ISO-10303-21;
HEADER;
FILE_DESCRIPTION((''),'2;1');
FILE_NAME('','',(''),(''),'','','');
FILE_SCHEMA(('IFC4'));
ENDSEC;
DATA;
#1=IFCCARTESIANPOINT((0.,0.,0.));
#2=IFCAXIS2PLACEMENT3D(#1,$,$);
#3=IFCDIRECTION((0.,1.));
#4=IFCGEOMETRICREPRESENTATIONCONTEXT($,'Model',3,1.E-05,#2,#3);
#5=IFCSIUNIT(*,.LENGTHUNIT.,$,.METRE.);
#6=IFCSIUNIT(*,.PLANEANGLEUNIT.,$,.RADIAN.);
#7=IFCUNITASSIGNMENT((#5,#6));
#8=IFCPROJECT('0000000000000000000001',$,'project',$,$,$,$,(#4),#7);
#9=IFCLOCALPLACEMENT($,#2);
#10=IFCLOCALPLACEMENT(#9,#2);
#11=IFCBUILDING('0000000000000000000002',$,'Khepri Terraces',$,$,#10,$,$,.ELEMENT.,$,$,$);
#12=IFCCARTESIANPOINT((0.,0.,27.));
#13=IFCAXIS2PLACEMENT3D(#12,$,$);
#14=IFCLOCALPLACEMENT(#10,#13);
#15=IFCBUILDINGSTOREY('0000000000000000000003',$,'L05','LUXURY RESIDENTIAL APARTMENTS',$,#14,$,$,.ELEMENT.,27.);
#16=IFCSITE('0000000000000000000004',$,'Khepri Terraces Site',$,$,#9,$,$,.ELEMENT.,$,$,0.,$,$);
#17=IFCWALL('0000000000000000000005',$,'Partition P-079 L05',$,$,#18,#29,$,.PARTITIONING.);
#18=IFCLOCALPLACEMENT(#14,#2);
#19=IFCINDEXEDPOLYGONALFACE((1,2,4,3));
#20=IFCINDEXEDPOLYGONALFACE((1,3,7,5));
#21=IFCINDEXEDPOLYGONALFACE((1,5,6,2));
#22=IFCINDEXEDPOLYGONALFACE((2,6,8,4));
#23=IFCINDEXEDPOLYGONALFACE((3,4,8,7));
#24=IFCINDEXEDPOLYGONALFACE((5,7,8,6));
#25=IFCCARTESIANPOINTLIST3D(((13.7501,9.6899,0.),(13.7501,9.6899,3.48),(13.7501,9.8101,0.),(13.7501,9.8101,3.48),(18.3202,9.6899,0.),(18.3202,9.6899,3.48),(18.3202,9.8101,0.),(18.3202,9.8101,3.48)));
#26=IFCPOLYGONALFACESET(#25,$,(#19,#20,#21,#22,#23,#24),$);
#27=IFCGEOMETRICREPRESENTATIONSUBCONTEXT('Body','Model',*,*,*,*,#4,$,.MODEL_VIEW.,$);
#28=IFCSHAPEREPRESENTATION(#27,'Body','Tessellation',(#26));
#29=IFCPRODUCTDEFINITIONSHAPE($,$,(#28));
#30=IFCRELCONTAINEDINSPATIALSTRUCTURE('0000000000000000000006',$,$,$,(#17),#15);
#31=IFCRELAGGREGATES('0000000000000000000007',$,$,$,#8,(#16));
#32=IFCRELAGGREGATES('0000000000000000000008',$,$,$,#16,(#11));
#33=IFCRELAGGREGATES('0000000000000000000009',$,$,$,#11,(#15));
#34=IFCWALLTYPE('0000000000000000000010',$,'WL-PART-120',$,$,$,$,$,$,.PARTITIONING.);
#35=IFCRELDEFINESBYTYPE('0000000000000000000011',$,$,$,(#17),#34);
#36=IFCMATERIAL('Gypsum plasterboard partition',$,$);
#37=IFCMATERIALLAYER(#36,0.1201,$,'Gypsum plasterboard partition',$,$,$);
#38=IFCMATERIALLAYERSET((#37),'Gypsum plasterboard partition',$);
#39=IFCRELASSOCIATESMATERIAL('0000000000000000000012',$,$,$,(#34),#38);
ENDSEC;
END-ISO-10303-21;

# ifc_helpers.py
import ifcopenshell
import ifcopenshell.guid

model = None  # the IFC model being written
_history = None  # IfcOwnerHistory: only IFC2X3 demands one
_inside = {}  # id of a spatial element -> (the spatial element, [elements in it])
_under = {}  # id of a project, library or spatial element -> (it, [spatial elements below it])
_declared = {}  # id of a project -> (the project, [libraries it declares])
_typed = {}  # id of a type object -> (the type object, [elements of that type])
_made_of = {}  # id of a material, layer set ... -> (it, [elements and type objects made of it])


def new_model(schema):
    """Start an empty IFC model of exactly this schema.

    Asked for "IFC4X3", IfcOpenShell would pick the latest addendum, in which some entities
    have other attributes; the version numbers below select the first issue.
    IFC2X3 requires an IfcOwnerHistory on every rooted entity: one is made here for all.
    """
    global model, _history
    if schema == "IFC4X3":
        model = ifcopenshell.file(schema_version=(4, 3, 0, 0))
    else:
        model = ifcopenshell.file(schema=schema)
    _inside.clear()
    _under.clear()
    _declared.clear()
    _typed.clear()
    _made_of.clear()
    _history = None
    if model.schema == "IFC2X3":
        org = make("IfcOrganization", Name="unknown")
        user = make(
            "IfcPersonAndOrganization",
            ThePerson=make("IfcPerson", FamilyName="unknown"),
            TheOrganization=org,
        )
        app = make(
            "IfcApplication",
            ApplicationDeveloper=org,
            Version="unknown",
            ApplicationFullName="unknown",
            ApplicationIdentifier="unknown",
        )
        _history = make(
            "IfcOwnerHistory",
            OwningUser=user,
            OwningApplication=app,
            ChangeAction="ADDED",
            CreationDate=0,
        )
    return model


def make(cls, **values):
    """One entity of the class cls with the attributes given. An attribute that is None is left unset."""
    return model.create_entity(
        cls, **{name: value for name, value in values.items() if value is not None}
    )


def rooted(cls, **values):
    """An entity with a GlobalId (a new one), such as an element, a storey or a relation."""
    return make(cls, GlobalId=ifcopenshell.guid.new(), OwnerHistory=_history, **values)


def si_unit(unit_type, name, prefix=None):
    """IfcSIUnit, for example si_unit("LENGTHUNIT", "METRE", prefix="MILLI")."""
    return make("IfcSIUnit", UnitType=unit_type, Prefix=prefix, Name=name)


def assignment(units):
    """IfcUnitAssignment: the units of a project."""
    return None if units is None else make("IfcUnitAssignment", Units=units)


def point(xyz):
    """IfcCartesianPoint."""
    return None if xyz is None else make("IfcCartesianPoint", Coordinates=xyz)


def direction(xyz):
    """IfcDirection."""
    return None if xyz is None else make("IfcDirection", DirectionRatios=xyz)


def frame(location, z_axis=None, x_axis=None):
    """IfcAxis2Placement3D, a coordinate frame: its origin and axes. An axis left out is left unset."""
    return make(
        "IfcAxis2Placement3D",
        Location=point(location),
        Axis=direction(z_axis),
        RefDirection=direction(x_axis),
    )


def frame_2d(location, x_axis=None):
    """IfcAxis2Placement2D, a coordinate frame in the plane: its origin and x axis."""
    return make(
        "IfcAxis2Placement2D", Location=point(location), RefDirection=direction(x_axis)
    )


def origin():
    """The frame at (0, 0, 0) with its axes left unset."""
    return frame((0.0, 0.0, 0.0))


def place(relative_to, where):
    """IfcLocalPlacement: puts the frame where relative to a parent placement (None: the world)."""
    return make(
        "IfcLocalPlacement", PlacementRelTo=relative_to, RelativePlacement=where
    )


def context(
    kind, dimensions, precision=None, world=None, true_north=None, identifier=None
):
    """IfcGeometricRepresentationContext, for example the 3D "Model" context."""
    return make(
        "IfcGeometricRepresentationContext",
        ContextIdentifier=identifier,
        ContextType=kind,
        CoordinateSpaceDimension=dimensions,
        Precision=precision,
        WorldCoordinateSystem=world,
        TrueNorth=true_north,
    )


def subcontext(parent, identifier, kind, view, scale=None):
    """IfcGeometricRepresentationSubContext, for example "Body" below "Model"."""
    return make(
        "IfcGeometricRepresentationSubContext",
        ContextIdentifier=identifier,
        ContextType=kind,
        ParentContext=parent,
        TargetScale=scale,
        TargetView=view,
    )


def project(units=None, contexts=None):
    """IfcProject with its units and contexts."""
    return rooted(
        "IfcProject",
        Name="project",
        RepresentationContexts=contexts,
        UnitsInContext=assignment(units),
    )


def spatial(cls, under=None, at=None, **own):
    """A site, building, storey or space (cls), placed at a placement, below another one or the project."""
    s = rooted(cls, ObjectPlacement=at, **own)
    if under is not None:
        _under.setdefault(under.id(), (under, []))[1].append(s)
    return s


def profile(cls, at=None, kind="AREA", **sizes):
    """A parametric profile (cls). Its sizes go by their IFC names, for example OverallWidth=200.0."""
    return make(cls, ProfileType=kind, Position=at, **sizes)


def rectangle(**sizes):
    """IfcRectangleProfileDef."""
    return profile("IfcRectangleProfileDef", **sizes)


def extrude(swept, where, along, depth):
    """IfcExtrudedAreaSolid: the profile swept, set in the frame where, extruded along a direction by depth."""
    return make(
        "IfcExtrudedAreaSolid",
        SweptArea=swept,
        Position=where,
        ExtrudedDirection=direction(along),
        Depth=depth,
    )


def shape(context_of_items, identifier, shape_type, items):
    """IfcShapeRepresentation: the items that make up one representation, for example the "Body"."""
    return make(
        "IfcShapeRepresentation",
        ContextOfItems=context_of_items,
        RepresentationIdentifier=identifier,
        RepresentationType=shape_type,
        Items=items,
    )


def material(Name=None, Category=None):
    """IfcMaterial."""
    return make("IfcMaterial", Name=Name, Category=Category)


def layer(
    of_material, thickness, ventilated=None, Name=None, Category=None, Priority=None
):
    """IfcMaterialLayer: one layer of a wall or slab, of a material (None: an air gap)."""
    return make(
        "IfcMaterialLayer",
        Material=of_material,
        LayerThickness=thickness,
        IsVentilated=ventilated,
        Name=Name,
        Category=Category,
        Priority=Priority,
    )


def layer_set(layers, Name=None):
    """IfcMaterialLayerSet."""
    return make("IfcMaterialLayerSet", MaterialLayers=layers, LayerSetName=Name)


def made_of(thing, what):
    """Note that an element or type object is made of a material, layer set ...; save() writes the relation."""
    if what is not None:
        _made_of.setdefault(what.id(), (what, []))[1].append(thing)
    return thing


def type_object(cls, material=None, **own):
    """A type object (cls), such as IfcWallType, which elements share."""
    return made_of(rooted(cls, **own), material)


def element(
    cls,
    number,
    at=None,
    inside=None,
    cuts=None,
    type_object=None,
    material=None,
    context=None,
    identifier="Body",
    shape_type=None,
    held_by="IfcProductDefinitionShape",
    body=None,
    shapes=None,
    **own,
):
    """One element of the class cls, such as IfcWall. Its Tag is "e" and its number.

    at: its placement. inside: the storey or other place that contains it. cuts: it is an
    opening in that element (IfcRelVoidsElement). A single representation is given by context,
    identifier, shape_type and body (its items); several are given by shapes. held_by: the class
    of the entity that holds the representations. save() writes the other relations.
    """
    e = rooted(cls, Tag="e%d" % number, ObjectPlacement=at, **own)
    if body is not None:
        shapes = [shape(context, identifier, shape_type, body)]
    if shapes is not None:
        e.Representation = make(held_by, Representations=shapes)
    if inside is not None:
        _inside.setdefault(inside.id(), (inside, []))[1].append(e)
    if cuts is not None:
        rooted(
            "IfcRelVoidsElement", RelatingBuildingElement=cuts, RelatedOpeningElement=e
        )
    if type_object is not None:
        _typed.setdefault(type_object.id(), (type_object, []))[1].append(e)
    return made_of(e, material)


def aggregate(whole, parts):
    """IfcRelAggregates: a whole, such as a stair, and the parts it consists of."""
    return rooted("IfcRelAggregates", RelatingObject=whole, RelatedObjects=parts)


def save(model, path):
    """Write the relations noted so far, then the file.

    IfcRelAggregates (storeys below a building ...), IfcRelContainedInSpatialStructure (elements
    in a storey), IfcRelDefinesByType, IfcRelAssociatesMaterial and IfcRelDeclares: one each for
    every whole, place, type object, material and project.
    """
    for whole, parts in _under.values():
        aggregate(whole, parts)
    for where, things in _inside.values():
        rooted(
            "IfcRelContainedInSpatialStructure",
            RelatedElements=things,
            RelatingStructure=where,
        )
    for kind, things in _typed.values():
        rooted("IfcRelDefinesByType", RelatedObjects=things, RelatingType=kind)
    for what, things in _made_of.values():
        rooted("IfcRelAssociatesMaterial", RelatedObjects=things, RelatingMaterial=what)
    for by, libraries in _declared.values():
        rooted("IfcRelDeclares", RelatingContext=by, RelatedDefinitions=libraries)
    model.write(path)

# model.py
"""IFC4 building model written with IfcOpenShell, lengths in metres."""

from ifc_helpers import new_model, si_unit, direction, frame, frame_2d, origin, place, context, subcontext, project, spatial, rectangle, extrude, material, layer, layer_set, type_object, element, save


model = new_model("IFC4")

# Units and contexts
model_context = context("Model", 3, precision=1e-05, world=origin(), true_north=direction((0.0, 1.0)))
body_context = subcontext(model_context, "Body", "Model", "MODEL_VIEW")
ifc_project = project(units=[si_unit("LENGTHUNIT", "METRE"), si_unit("PLANEANGLEUNIT", "RADIAN")], contexts=[model_context])

# Site, building, storey
site_placement = place(None, origin())
site = spatial("IfcSite", under=ifc_project, at=site_placement, Name="Khepri Terraces Site", CompositionType="ELEMENT", RefElevation=0.0)
building_placement = place(site_placement, origin())
building = spatial("IfcBuilding", under=site, at=building_placement, Name="Khepri Terraces", CompositionType="ELEMENT")
storey_placement = place(building_placement, frame((0.0, 0.0, 27.0)))
storey = spatial("IfcBuildingStorey", under=building, at=storey_placement, Name="L05", Description="LUXURY RESIDENTIAL APARTMENTS", CompositionType="ELEMENT", Elevation=27.0)

# Shared definitions
ifc_material_1 = material(Name="Gypsum plasterboard partition")
ifc_layer_1 = layer(ifc_material_1, 0.1201, Name="Gypsum plasterboard partition")
ifc_layer_set_1 = layer_set([ifc_layer_1], Name="Gypsum plasterboard partition")
wall_type_1 = type_object("IfcWallType", Name="WL-PART-120", PredefinedType="PARTITIONING", material=ifc_layer_set_1)

# Wall
wall_1_placement = place(storey_placement, frame((13.75, 9.75, 0.0), z_axis=(0.0, 0.0, 1.0), x_axis=(1.0, 0.0, 0.0)))
element("IfcWall", 1, at=wall_1_placement, inside=storey, type_object=wall_type_1, Name="Partition P-079 L05", PredefinedType="PARTITIONING", context=body_context, shape_type="SweptSolid", body=[
    extrude(rectangle(XDim=4.5701, YDim=0.1201, at=frame_2d((2.2852, 0.0))), origin(), (0.0, 0.0, 1.0), 3.48),
])

save(model, "model.ifc")
